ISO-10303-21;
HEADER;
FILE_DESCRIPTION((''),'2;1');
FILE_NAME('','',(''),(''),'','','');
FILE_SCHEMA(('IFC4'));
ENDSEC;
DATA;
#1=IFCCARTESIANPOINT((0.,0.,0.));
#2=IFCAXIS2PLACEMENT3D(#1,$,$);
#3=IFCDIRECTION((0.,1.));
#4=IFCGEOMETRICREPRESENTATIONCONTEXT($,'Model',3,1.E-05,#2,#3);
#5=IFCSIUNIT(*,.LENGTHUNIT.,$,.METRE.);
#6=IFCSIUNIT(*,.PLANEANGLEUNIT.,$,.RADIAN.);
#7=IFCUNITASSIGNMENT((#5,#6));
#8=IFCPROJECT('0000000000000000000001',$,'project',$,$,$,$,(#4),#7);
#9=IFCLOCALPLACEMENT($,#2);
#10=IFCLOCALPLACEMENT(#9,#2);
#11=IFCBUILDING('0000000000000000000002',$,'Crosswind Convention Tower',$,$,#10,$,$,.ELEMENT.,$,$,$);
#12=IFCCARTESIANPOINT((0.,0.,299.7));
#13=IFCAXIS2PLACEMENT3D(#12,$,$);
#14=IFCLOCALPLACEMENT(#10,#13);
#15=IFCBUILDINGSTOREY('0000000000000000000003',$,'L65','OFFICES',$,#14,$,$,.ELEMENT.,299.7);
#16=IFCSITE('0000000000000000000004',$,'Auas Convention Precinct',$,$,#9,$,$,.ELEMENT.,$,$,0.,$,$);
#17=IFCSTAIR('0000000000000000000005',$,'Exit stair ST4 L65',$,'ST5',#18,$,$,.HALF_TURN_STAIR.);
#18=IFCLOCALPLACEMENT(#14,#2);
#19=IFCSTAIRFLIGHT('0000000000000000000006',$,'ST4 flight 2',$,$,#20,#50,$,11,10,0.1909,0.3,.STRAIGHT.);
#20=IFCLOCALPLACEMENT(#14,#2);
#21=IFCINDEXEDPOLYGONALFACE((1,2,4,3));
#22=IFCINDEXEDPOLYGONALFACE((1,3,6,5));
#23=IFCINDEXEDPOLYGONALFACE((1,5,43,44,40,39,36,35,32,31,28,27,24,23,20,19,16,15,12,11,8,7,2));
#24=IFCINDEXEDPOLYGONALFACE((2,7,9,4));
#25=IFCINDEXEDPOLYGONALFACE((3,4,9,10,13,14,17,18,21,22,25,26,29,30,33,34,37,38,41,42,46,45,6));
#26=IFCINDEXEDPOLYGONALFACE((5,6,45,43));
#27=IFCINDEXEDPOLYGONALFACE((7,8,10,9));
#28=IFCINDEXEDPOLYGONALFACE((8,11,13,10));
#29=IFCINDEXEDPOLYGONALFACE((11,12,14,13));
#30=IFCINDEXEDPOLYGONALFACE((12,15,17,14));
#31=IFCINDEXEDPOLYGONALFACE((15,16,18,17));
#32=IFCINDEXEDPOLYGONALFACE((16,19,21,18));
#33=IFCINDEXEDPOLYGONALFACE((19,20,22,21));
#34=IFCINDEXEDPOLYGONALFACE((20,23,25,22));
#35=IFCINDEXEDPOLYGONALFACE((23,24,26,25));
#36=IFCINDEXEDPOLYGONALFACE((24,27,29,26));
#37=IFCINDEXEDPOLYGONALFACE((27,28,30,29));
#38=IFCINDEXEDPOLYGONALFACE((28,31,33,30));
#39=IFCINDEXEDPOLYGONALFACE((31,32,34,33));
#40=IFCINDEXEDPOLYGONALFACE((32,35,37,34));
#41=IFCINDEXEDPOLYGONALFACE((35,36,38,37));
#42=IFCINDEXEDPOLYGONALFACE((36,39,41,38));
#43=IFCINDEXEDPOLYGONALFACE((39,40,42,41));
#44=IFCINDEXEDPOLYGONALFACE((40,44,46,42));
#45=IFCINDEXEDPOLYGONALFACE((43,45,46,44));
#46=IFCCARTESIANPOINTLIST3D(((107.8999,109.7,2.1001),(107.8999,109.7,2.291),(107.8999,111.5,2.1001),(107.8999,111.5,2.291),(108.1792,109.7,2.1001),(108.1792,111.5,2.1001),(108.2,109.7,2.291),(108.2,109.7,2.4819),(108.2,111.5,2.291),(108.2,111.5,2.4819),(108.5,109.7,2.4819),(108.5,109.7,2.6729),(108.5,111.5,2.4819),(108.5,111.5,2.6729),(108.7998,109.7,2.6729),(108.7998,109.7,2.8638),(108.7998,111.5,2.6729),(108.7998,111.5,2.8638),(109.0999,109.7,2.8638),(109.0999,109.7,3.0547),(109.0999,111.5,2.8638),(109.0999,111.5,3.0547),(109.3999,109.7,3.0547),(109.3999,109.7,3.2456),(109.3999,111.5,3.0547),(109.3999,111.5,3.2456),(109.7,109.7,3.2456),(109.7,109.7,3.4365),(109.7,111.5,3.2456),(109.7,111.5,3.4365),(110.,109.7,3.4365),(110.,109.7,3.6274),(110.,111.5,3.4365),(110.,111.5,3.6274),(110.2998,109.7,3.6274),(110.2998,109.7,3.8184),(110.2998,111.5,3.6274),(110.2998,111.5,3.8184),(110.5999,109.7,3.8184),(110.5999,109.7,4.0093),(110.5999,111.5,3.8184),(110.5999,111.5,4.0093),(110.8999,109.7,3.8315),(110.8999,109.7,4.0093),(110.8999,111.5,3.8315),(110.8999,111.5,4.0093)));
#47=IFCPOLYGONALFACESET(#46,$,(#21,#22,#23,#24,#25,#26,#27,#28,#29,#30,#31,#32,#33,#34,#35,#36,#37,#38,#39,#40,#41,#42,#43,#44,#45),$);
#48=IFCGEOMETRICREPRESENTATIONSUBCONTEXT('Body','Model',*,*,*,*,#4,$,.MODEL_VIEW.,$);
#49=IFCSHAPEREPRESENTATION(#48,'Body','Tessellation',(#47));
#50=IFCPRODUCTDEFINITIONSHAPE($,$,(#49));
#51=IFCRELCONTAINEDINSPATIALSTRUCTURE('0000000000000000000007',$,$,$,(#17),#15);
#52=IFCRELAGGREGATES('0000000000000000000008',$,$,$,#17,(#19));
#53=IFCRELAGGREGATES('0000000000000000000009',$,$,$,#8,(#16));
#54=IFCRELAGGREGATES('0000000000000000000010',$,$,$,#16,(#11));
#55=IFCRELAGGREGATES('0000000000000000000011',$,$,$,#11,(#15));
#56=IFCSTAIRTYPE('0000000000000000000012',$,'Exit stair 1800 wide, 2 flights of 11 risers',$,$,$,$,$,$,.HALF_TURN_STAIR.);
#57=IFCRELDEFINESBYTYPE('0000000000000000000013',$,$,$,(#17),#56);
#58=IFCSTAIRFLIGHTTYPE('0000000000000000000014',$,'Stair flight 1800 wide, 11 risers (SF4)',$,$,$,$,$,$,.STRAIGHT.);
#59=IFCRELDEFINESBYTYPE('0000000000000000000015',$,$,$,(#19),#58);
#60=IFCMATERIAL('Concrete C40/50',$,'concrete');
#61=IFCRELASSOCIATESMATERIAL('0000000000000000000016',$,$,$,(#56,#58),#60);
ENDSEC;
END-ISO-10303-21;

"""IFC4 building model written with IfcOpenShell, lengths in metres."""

from ifc_helpers import new_model, si_unit, direction, frame, origin, place, context, subcontext, project, spatial, polyline, outline, extrude, material, type_object, element, aggregate, save


model = new_model("IFC4")

# Units and contexts
model_context = context("Model", 3, precision=1e-05, world=origin(), true_north=direction((0.0, 1.0)))
body_context = subcontext(model_context, "Body", "Model", "MODEL_VIEW")
ifc_project = project(units=[si_unit("LENGTHUNIT", "METRE"), si_unit("PLANEANGLEUNIT", "RADIAN")], contexts=[model_context])

# Site, building, storey
site_placement = place(None, origin())
site = spatial("IfcSite", under=ifc_project, at=site_placement, Name="Auas Convention Precinct", CompositionType="ELEMENT", RefElevation=0.0)
building_placement = place(site_placement, origin())
building = spatial("IfcBuilding", under=site, at=building_placement, Name="Crosswind Convention Tower", CompositionType="ELEMENT")
storey_placement = place(building_placement, frame((0.0, 0.0, 299.7)))
storey = spatial("IfcBuildingStorey", under=building, at=storey_placement, Name="L65", Description="OFFICES", CompositionType="ELEMENT", Elevation=299.7)

# Stair, stair flight
ifc_material_1 = material(Name="Concrete C40/50", Category="concrete")
stair_type = type_object("IfcStairType", Name="Exit stair 1800 wide, 2 flights of 11 risers", PredefinedType="HALF_TURN_STAIR", material=ifc_material_1)
stair_placement = place(storey_placement, origin())
stair = element("IfcStair", 1, at=stair_placement, inside=storey, type_object=stair_type, Name="Exit stair ST4 L65", ObjectType="ST5", PredefinedType="HALF_TURN_STAIR")
stair_flight_type = type_object("IfcStairFlightType", Name="Stair flight 1800 wide, 11 risers (SF4)", PredefinedType="STRAIGHT", material=ifc_material_1)
stair_flight_placement = place(storey_placement, frame((107.8999, 110.6001, 2.1001), z_axis=(0.0, 0.0, 1.0), x_axis=(1.0, 0.0, 0.0)))
stair_flight = element("IfcStairFlight", 2, at=stair_flight_placement, type_object=stair_flight_type, Name="ST4 flight 2", NumberOfRisers=11, NumberOfTreads=10, PredefinedType="STRAIGHT", RiserHeight=0.1909, TreadLength=0.3, context=body_context, shape_type="SweptSolid", body=[
    extrude(outline(polyline([(0.0, 0.0), (0.0, 0.1909), (0.3, 0.1909), (0.3, 0.3818), (0.6001, 0.3818), (0.6001, 0.5728), (0.8999, 0.5728), (0.8999, 0.7637), (1.2, 0.7637), (1.2, 0.9546), (1.5, 0.9546), (1.5, 1.1455), (1.8, 1.1455), (1.8, 1.3364), (2.1001, 1.3364), (2.1001, 1.5273), (2.3999, 1.5273), (2.3999, 1.7183), (2.7, 1.7183), (2.7, 1.9092), (3.0, 1.9092), (3.0, 2.1001), (3.0, 1.7314), (0.2793, 0.0), (0.0, 0.0)])), frame((0.0, 0.8999, 0.0), z_axis=(0.0, -1.0, 0.0), x_axis=(1.0, 0.0, 0.0)), (0.0, 0.0, 1.0), 1.8),
])
aggregate(stair, [stair_flight])

save(model, "model.ifc")
